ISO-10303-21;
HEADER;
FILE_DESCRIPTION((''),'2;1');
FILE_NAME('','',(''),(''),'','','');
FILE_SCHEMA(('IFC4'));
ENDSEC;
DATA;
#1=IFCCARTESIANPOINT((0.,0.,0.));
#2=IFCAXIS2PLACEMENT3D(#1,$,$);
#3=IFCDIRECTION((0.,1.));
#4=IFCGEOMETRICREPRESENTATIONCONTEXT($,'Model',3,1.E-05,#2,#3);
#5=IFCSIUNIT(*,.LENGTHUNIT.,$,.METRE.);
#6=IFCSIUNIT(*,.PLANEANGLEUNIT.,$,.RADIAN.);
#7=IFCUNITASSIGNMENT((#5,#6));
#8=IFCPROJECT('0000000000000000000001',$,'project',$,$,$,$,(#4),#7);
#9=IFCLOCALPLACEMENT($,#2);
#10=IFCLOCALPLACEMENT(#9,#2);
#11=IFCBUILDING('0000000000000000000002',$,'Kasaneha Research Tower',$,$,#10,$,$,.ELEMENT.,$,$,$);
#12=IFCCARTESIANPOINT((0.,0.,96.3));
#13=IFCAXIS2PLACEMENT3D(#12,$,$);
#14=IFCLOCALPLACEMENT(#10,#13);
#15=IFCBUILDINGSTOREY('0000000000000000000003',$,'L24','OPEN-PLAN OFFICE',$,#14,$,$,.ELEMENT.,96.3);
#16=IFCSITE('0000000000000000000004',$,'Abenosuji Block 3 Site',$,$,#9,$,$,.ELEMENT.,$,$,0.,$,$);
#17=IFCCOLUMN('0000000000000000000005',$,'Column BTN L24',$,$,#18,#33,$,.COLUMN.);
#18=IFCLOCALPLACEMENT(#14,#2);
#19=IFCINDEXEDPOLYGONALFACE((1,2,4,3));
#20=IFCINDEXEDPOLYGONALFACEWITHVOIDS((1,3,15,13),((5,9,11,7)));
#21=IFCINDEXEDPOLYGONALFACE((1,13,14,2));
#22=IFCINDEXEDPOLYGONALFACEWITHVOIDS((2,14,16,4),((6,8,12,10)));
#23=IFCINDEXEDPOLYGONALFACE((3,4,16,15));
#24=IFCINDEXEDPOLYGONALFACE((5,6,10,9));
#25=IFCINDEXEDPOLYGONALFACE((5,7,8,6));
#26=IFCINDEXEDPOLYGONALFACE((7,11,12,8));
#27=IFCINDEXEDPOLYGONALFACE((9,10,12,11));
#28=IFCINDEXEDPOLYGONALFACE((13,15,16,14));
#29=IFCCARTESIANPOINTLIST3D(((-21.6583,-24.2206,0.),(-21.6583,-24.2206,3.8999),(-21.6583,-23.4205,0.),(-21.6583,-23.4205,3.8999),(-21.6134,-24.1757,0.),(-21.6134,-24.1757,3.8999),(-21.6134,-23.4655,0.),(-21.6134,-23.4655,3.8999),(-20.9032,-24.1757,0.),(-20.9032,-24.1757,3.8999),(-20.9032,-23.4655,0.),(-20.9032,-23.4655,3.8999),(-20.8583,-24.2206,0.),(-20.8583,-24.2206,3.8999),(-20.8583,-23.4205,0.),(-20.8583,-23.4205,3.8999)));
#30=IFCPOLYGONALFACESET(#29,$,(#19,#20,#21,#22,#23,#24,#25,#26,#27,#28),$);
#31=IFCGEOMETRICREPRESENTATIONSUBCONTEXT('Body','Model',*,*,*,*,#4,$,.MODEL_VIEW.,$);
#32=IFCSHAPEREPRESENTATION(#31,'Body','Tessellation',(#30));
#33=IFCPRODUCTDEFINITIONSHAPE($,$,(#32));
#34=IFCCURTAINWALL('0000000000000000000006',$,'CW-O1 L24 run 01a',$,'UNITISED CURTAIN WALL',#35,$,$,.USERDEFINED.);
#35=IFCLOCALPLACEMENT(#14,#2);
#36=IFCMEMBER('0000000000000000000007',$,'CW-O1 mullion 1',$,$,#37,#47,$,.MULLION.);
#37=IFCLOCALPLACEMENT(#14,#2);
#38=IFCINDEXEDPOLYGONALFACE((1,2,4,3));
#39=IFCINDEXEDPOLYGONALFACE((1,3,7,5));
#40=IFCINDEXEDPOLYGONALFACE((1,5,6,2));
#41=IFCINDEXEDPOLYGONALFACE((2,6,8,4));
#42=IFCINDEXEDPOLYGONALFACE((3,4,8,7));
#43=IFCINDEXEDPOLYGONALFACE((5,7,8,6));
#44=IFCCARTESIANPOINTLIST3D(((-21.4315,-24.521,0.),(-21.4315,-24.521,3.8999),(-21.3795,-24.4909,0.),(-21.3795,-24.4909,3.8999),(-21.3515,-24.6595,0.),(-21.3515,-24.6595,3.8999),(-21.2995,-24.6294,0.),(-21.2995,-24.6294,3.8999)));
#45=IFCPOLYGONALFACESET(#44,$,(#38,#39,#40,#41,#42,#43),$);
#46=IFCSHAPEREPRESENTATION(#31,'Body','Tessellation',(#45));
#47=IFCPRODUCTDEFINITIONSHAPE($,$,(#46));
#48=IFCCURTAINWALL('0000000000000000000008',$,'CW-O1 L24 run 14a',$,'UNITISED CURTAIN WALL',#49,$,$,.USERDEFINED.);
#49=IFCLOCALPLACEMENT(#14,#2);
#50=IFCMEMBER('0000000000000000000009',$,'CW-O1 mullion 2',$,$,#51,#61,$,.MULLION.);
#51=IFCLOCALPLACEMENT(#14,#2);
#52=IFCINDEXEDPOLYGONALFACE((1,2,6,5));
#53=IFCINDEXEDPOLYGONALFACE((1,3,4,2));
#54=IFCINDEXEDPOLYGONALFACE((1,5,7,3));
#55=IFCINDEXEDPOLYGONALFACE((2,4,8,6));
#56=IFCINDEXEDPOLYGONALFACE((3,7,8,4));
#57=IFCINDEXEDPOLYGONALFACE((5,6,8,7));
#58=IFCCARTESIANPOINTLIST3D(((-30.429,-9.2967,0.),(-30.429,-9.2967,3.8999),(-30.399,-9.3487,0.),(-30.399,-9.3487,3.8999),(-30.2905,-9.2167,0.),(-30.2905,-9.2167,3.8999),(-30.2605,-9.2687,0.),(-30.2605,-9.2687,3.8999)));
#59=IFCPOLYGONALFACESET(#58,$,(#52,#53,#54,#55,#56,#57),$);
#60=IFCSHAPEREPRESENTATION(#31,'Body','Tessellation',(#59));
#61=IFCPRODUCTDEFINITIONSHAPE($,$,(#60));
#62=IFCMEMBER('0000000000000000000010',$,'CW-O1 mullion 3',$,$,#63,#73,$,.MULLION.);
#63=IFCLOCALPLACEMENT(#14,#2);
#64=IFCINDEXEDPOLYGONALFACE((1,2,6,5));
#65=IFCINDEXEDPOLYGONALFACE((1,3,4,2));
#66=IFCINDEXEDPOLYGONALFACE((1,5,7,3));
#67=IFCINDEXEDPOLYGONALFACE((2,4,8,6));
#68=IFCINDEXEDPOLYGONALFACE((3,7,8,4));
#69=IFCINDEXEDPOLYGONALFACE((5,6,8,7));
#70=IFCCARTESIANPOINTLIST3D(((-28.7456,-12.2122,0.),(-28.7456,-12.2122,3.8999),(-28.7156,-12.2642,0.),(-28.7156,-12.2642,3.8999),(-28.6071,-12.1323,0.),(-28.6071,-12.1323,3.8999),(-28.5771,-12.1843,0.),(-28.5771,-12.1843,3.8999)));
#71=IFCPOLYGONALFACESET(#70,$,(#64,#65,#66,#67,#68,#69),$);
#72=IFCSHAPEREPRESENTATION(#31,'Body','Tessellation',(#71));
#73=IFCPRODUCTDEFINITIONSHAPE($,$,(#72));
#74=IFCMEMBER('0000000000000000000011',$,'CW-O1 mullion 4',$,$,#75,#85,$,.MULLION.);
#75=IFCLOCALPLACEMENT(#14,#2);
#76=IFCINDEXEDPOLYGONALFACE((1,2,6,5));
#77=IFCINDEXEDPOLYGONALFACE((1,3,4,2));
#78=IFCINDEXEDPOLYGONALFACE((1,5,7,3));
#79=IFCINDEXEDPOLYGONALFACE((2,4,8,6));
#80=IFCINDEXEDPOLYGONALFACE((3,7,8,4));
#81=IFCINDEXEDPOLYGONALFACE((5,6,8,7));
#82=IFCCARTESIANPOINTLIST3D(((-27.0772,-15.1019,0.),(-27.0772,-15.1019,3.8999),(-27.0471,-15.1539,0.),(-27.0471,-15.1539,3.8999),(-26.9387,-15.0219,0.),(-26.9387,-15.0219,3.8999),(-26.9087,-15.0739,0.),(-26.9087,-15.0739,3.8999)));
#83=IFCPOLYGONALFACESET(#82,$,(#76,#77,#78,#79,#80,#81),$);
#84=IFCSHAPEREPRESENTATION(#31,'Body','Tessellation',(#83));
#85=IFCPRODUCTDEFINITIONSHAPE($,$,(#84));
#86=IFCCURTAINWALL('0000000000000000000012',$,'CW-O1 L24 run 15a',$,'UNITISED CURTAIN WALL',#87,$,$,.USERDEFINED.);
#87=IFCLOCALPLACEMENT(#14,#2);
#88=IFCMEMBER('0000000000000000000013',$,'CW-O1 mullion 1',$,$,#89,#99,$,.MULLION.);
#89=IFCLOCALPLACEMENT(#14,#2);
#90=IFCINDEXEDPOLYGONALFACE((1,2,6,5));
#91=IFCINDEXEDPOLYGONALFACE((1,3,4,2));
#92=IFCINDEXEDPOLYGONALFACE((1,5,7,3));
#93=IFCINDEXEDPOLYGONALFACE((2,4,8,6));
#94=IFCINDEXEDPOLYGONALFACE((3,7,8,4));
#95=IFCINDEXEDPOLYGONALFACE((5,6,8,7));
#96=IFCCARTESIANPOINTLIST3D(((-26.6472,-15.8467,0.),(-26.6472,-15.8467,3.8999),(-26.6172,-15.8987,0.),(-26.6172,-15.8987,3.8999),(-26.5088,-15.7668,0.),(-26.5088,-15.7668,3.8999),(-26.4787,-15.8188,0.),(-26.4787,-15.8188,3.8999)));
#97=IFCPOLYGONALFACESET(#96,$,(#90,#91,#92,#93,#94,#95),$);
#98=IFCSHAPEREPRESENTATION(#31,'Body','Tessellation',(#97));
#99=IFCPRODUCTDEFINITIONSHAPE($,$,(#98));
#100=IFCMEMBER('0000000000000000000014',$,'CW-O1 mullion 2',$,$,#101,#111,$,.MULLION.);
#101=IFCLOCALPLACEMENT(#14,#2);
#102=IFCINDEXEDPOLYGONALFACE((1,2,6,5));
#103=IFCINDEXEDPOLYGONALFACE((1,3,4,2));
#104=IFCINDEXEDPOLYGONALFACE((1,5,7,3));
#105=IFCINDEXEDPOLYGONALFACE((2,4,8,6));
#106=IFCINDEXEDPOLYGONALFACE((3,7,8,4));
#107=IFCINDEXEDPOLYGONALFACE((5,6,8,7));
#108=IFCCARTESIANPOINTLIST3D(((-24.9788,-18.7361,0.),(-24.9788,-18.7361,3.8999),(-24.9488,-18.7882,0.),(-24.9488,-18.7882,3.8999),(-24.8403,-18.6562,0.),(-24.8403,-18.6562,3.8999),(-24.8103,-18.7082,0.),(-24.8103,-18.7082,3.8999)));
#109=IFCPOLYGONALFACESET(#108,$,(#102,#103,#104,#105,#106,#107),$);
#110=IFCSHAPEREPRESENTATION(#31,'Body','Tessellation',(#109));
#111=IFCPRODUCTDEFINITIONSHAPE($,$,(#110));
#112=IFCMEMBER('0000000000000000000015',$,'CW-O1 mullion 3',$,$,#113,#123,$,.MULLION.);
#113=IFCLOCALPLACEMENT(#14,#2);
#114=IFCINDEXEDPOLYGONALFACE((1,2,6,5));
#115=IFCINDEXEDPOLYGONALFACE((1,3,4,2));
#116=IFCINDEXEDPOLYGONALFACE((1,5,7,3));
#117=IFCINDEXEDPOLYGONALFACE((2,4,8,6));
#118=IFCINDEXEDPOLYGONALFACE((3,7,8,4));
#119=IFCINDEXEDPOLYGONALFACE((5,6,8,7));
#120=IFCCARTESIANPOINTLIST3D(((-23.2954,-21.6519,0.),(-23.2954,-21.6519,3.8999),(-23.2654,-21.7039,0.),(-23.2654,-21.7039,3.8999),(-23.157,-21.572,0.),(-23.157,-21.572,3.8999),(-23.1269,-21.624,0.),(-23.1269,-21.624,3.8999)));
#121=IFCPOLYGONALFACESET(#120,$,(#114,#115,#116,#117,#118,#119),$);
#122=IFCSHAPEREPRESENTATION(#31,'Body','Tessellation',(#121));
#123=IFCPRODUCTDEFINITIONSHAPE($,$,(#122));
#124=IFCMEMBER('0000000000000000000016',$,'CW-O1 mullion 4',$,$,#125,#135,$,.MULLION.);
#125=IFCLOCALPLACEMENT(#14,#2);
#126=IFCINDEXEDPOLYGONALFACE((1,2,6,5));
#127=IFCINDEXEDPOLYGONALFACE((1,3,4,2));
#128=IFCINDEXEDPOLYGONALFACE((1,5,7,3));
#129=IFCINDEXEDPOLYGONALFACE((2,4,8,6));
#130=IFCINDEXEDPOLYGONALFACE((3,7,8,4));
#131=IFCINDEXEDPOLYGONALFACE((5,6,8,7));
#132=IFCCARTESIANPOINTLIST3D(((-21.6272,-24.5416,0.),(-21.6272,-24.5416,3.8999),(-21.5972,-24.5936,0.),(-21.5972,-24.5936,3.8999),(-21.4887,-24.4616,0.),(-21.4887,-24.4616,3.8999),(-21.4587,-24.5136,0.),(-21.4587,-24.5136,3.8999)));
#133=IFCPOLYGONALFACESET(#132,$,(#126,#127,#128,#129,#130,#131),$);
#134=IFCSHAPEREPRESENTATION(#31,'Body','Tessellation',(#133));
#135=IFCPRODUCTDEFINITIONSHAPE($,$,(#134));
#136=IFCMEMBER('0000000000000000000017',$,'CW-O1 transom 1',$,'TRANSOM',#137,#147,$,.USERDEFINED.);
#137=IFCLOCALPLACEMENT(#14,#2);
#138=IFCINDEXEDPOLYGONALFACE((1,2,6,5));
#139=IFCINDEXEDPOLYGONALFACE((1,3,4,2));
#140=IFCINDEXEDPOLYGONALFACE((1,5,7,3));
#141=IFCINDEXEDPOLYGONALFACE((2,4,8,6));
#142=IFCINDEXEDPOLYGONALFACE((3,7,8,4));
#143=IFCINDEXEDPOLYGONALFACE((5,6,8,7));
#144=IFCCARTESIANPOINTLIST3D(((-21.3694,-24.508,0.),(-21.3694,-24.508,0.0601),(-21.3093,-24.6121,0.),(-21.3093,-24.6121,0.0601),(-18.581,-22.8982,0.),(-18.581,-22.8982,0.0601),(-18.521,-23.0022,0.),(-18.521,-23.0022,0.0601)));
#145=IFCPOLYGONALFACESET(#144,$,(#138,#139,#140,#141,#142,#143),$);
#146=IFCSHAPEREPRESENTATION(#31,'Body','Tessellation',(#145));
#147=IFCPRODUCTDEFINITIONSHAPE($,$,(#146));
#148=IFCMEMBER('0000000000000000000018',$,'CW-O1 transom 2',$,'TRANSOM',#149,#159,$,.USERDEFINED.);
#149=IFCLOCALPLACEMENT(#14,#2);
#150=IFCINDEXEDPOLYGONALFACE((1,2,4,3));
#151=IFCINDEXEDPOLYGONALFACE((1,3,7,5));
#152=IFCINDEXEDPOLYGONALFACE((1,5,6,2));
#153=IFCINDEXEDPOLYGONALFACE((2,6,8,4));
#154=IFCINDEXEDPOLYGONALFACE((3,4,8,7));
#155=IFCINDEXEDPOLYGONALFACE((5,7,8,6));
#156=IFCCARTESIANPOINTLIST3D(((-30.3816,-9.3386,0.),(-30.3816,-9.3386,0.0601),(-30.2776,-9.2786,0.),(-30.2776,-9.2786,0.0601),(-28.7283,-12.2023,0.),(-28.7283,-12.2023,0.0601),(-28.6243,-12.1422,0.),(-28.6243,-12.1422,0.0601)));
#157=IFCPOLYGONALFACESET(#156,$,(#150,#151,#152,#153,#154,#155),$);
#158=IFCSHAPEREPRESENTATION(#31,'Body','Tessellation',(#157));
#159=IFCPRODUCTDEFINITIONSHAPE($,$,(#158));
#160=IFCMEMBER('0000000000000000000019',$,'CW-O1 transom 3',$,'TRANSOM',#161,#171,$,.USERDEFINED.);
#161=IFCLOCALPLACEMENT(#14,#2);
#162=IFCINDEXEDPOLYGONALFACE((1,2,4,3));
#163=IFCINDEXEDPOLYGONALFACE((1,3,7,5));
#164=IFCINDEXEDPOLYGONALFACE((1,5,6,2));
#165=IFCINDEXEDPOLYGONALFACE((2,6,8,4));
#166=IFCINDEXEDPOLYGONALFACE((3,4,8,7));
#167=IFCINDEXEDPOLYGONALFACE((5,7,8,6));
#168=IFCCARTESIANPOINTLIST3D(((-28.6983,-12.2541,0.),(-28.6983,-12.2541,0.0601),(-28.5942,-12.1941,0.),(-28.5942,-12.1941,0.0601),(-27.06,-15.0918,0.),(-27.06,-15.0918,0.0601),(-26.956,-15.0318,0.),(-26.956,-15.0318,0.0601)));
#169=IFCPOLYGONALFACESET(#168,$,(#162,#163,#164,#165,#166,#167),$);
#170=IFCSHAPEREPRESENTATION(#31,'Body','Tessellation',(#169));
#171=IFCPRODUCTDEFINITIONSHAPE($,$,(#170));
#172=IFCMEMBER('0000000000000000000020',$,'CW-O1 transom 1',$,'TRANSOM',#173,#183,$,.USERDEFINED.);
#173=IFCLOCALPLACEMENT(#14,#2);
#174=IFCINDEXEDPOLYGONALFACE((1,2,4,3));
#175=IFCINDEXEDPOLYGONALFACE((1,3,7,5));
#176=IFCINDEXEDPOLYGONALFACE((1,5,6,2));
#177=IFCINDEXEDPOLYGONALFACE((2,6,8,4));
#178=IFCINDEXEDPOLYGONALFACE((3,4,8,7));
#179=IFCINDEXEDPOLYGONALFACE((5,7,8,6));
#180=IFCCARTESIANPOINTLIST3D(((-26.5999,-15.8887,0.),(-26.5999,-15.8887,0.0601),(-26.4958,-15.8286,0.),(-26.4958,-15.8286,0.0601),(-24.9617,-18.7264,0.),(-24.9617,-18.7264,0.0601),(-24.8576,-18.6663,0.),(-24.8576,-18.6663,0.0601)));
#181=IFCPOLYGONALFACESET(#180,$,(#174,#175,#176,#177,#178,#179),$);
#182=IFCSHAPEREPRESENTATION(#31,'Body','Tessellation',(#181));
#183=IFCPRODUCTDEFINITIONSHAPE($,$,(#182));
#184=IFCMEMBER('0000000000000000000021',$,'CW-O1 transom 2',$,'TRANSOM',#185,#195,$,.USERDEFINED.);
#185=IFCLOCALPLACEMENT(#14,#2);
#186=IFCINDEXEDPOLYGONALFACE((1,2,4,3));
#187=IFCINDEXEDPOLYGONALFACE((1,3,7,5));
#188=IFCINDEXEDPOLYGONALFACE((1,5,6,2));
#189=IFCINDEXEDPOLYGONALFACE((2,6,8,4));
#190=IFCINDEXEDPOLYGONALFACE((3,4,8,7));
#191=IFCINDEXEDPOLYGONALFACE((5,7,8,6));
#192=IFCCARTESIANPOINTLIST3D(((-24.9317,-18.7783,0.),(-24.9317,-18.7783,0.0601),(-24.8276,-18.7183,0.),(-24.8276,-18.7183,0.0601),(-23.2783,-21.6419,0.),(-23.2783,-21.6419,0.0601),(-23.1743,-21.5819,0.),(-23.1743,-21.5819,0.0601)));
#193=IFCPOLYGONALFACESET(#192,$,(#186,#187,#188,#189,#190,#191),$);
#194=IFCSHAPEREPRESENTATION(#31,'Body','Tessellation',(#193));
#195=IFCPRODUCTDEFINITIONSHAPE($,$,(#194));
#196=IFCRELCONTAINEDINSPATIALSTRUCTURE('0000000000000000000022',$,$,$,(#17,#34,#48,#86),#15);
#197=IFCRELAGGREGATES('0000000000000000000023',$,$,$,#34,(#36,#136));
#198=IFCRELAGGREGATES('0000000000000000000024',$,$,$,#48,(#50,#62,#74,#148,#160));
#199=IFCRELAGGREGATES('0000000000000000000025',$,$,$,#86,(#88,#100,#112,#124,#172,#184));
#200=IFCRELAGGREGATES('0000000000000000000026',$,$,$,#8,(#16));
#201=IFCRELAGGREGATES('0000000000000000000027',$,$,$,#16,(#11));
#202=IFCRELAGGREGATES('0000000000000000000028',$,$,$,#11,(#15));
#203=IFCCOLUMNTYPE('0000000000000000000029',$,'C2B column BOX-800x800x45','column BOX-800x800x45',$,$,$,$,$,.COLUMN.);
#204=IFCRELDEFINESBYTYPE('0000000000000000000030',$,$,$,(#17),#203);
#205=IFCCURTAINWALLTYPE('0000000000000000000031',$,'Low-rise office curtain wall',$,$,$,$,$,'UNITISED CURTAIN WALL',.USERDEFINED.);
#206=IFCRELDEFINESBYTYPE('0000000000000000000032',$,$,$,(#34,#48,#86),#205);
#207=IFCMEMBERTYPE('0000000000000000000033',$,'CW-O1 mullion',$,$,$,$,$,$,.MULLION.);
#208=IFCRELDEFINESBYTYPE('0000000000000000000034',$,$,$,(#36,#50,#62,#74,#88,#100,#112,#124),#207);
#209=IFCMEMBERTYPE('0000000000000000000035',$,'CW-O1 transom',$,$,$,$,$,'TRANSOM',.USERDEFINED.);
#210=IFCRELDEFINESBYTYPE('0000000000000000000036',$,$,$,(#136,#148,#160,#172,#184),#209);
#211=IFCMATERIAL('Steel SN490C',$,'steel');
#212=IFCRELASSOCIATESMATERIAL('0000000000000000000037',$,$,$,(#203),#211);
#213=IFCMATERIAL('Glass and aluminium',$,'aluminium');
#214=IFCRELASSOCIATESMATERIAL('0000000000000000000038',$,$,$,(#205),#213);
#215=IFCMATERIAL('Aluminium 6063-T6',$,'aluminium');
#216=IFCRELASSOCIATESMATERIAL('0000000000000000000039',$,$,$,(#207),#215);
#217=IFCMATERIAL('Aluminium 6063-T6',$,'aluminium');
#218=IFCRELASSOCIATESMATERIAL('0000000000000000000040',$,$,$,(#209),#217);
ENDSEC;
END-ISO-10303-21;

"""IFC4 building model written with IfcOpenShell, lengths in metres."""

from ifc_helpers import new_model, si_unit, direction, frame, origin, origin_2d, place, context, subcontext, project, spatial, rectangle, hollow_rectangle, extrude, material, material_profile, profile_set, type_object, element, aggregate, save


model = new_model("IFC4")

# Units and contexts
model_context = context("Model", 3, precision=1e-05, world=origin(), true_north=direction((0.0, 1.0)))
body_context = subcontext(model_context, "Body", "Model", "MODEL_VIEW")
ifc_project = project(units=[si_unit("LENGTHUNIT", "METRE"), si_unit("PLANEANGLEUNIT", "RADIAN")], contexts=[model_context])

# Site, building, storey
site_placement = place(None, origin())
site = spatial("IfcSite", under=ifc_project, at=site_placement, Name="Abenosuji Block 3 Site", CompositionType="ELEMENT", RefElevation=0.0)
building_placement = place(site_placement, origin())
building = spatial("IfcBuilding", under=site, at=building_placement, Name="Kasaneha Research Tower", CompositionType="ELEMENT")
storey_placement = place(building_placement, frame((0.0, 0.0, 96.3)))
storey = spatial("IfcBuildingStorey", under=building, at=storey_placement, Name="L24", Description="OPEN-PLAN OFFICE", CompositionType="ELEMENT", Elevation=96.3)

# Column
ifc_material_1 = material(Name="Steel SN490C", Category="steel")
ifc_material_profile_1 = material_profile(ifc_material_1, hollow_rectangle(XDim=0.8, YDim=0.8, WallThickness=0.0449, at=origin_2d()), Name="BOX-800x800x45")
ifc_profile_set_1 = profile_set([ifc_material_profile_1], Name="Steel SN490C")
column_type = type_object("IfcColumnType", Name="C2B column BOX-800x800x45", Description="column BOX-800x800x45", PredefinedType="COLUMN", material=ifc_profile_set_1)
column_placement = place(storey_placement, frame((-21.2583, -23.8206, 0.0), z_axis=(0.0, 0.0, 1.0), x_axis=(1.0, 0.0, 0.0)))
element("IfcColumn", 1, at=column_placement, inside=storey, type_object=column_type, Name="Column BTN L24", PredefinedType="COLUMN", context=body_context, shape_type="SweptSolid", body=[
    extrude(hollow_rectangle(XDim=0.8, YDim=0.8, WallThickness=0.0449, at=origin_2d()), origin(), (0.0, 0.0, 1.0), 3.8999),
])

# Curtain wall, member
ifc_material_2 = material(Name="Glass and aluminium", Category="aluminium")
curtain_wall_type = type_object("IfcCurtainWallType", Name="Low-rise office curtain wall", ElementType="UNITISED CURTAIN WALL", PredefinedType="USERDEFINED", material=ifc_material_2)
curtain_wall_1_placement = place(storey_placement, origin())
curtain_wall_1 = element("IfcCurtainWall", 2, at=curtain_wall_1_placement, inside=storey, type_object=curtain_wall_type, Name="CW-O1 L24 run 01a", ObjectType="UNITISED CURTAIN WALL", PredefinedType="USERDEFINED")
ifc_material_3 = material(Name="Aluminium 6063-T6", Category="aluminium")
ifc_material_profile_2 = material_profile(ifc_material_3, rectangle(XDim=0.0601, YDim=0.1599, at=origin_2d()), Name="CW-O1 mullion 60x160")
ifc_profile_set_2 = profile_set([ifc_material_profile_2], Name="Aluminium 6063-T6")
member_type_1 = type_object("IfcMemberType", Name="CW-O1 mullion", PredefinedType="MULLION", material=ifc_profile_set_2)
member_1_placement = place(storey_placement, frame((-21.3655, -24.5752, 0.0), z_axis=(0.0, 0.0, 1.0), x_axis=(0.866025, 0.5, 0.0)))
member_1 = element("IfcMember", 3, at=member_1_placement, type_object=member_type_1, Name="CW-O1 mullion 1", PredefinedType="MULLION", context=body_context, shape_type="SweptSolid", body=[
    extrude(rectangle(XDim=0.0601, YDim=0.1599, at=origin_2d()), origin(), (0.0, 0.0, 1.0), 3.8999),
])

# Curtain walls, members
curtain_wall_2_placement = place(storey_placement, origin())
curtain_wall_2 = element("IfcCurtainWall", 4, at=curtain_wall_2_placement, inside=storey, type_object=curtain_wall_type, Name="CW-O1 L24 run 14a", ObjectType="UNITISED CURTAIN WALL", PredefinedType="USERDEFINED")
member_2_placement = place(storey_placement, frame((-30.3447, -9.2827, 0.0), z_axis=(0.0, 0.0, 1.0), x_axis=(0.5, -0.866025, 0.0)))
member_2 = element("IfcMember", 5, at=member_2_placement, type_object=member_type_1, Name="CW-O1 mullion 2", PredefinedType="MULLION", context=body_context, shape_type="SweptSolid", body=[
    extrude(rectangle(XDim=0.0601, YDim=0.1599, at=origin_2d()), origin(), (0.0, 0.0, 1.0), 3.8999),
])
member_3_placement = place(storey_placement, frame((-28.6614, -12.1982, 0.0), z_axis=(0.0, 0.0, 1.0), x_axis=(0.5, -0.866025, 0.0)))
member_3 = element("IfcMember", 6, at=member_3_placement, type_object=member_type_1, Name="CW-O1 mullion 3", PredefinedType="MULLION", context=body_context, shape_type="SweptSolid", body=[
    extrude(rectangle(XDim=0.0601, YDim=0.1599, at=origin_2d()), origin(), (0.0, 0.0, 1.0), 3.8999),
])
member_4_placement = place(storey_placement, frame((-26.9929, -15.0879, 0.0), z_axis=(0.0, 0.0, 1.0), x_axis=(0.5, -0.866025, 0.0)))
member_4 = element("IfcMember", 7, at=member_4_placement, type_object=member_type_1, Name="CW-O1 mullion 4", PredefinedType="MULLION", context=body_context, shape_type="SweptSolid", body=[
    extrude(rectangle(XDim=0.0601, YDim=0.1599, at=origin_2d()), origin(), (0.0, 0.0, 1.0), 3.8999),
])
curtain_wall_3_placement = place(storey_placement, origin())
curtain_wall_3 = element("IfcCurtainWall", 8, at=curtain_wall_3_placement, inside=storey, type_object=curtain_wall_type, Name="CW-O1 L24 run 15a", ObjectType="UNITISED CURTAIN WALL", PredefinedType="USERDEFINED")
member_5_placement = place(storey_placement, frame((-26.563, -15.8328, 0.0), z_axis=(0.0, 0.0, 1.0), x_axis=(0.5, -0.866025, 0.0)))
member_5 = element("IfcMember", 9, at=member_5_placement, type_object=member_type_1, Name="CW-O1 mullion 1", PredefinedType="MULLION", context=body_context, shape_type="SweptSolid", body=[
    extrude(rectangle(XDim=0.0601, YDim=0.1599, at=origin_2d()), origin(), (0.0, 0.0, 1.0), 3.8999),
])
member_6_placement = place(storey_placement, frame((-24.8945, -18.7222, 0.0), z_axis=(0.0, 0.0, 1.0), x_axis=(0.5, -0.866025, 0.0)))
member_6 = element("IfcMember", 10, at=member_6_placement, type_object=member_type_1, Name="CW-O1 mullion 2", PredefinedType="MULLION", context=body_context, shape_type="SweptSolid", body=[
    extrude(rectangle(XDim=0.0601, YDim=0.1599, at=origin_2d()), origin(), (0.0, 0.0, 1.0), 3.8999),
])
member_7_placement = place(storey_placement, frame((-23.2112, -21.6379, 0.0), z_axis=(0.0, 0.0, 1.0), x_axis=(0.5, -0.866025, 0.0)))
member_7 = element("IfcMember", 11, at=member_7_placement, type_object=member_type_1, Name="CW-O1 mullion 3", PredefinedType="MULLION", context=body_context, shape_type="SweptSolid", body=[
    extrude(rectangle(XDim=0.0601, YDim=0.1599, at=origin_2d()), origin(), (0.0, 0.0, 1.0), 3.8999),
])
member_8_placement = place(storey_placement, frame((-21.543, -24.5276, 0.0), z_axis=(0.0, 0.0, 1.0), x_axis=(0.5, -0.866025, 0.0)))
member_8 = element("IfcMember", 12, at=member_8_placement, type_object=member_type_1, Name="CW-O1 mullion 4", PredefinedType="MULLION", context=body_context, shape_type="SweptSolid", body=[
    extrude(rectangle(XDim=0.0601, YDim=0.1599, at=origin_2d()), origin(), (0.0, 0.0, 1.0), 3.8999),
])

# Members
ifc_material_4 = material(Name="Aluminium 6063-T6", Category="aluminium")
ifc_material_profile_3 = material_profile(ifc_material_4, rectangle(XDim=0.1201, YDim=0.0601, at=origin_2d()), Name="CW-O1 transom 120x60")
ifc_profile_set_3 = profile_set([ifc_material_profile_3], Name="Aluminium 6063-T6")
member_type_2 = type_object("IfcMemberType", Name="CW-O1 transom", ElementType="TRANSOM", PredefinedType="USERDEFINED", material=ifc_profile_set_3)
member_9_placement = place(storey_placement, frame((-21.3394, -24.5601, 0.03), z_axis=(0.866023, 0.500005, 0.0), x_axis=(-0.500005, 0.866023, 0.0)))
member_9 = element("IfcMember", 13, at=member_9_placement, type_object=member_type_2, Name="CW-O1 transom 1", ObjectType="TRANSOM", PredefinedType="USERDEFINED", context=body_context, shape_type="SweptSolid", body=[
    extrude(rectangle(XDim=0.1201, YDim=0.0601, at=origin_2d()), origin(), (0.0, 0.0, 1.0), 3.2197),
])
member_10_placement = place(storey_placement, frame((-30.3296, -9.3086, 0.03), z_axis=(0.499982, -0.866036, 0.0), x_axis=(0.866036, 0.499982, 0.0)))
member_10 = element("IfcMember", 14, at=member_10_placement, type_object=member_type_2, Name="CW-O1 transom 2", ObjectType="TRANSOM", PredefinedType="USERDEFINED", context=body_context, shape_type="SweptSolid", body=[
    extrude(rectangle(XDim=0.1201, YDim=0.0601, at=origin_2d()), origin(), (0.0, 0.0, 1.0), 3.3066),
])
member_11_placement = place(storey_placement, frame((-28.6462, -12.2241, 0.03), z_axis=(0.49997, -0.866043, 0.0), x_axis=(0.866043, 0.49997, 0.0)))
member_11 = element("IfcMember", 15, at=member_11_placement, type_object=member_type_2, Name="CW-O1 transom 3", ObjectType="TRANSOM", PredefinedType="USERDEFINED", context=body_context, shape_type="SweptSolid", body=[
    extrude(rectangle(XDim=0.1201, YDim=0.0601, at=origin_2d()), origin(), (0.0, 0.0, 1.0), 3.2766),
])
member_12_placement = place(storey_placement, frame((-26.5479, -15.8586, 0.03), z_axis=(0.49997, -0.866043, 0.0), x_axis=(0.866043, 0.49997, 0.0)))
member_12 = element("IfcMember", 16, at=member_12_placement, type_object=member_type_2, Name="CW-O1 transom 1", ObjectType="TRANSOM", PredefinedType="USERDEFINED", context=body_context, shape_type="SweptSolid", body=[
    extrude(rectangle(XDim=0.1201, YDim=0.0601, at=origin_2d()), origin(), (0.0, 0.0, 1.0), 3.2766),
])
member_13_placement = place(storey_placement, frame((-24.8796, -18.7483, 0.03), z_axis=(0.500014, -0.866017, 0.0), x_axis=(0.866017, 0.500014, 0.0)))
member_13 = element("IfcMember", 17, at=member_13_placement, type_object=member_type_2, Name="CW-O1 transom 2", ObjectType="TRANSOM", PredefinedType="USERDEFINED", context=body_context, shape_type="SweptSolid", body=[
    extrude(rectangle(XDim=0.1201, YDim=0.0601, at=origin_2d()), origin(), (0.0, 0.0, 1.0), 3.3066),
])

aggregate(curtain_wall_1, [member_1, member_9])
aggregate(curtain_wall_2, [member_2, member_3, member_4, member_10, member_11])
aggregate(curtain_wall_3, [member_5, member_6, member_7, member_8, member_12, member_13])

save(model, "model.ifc")
